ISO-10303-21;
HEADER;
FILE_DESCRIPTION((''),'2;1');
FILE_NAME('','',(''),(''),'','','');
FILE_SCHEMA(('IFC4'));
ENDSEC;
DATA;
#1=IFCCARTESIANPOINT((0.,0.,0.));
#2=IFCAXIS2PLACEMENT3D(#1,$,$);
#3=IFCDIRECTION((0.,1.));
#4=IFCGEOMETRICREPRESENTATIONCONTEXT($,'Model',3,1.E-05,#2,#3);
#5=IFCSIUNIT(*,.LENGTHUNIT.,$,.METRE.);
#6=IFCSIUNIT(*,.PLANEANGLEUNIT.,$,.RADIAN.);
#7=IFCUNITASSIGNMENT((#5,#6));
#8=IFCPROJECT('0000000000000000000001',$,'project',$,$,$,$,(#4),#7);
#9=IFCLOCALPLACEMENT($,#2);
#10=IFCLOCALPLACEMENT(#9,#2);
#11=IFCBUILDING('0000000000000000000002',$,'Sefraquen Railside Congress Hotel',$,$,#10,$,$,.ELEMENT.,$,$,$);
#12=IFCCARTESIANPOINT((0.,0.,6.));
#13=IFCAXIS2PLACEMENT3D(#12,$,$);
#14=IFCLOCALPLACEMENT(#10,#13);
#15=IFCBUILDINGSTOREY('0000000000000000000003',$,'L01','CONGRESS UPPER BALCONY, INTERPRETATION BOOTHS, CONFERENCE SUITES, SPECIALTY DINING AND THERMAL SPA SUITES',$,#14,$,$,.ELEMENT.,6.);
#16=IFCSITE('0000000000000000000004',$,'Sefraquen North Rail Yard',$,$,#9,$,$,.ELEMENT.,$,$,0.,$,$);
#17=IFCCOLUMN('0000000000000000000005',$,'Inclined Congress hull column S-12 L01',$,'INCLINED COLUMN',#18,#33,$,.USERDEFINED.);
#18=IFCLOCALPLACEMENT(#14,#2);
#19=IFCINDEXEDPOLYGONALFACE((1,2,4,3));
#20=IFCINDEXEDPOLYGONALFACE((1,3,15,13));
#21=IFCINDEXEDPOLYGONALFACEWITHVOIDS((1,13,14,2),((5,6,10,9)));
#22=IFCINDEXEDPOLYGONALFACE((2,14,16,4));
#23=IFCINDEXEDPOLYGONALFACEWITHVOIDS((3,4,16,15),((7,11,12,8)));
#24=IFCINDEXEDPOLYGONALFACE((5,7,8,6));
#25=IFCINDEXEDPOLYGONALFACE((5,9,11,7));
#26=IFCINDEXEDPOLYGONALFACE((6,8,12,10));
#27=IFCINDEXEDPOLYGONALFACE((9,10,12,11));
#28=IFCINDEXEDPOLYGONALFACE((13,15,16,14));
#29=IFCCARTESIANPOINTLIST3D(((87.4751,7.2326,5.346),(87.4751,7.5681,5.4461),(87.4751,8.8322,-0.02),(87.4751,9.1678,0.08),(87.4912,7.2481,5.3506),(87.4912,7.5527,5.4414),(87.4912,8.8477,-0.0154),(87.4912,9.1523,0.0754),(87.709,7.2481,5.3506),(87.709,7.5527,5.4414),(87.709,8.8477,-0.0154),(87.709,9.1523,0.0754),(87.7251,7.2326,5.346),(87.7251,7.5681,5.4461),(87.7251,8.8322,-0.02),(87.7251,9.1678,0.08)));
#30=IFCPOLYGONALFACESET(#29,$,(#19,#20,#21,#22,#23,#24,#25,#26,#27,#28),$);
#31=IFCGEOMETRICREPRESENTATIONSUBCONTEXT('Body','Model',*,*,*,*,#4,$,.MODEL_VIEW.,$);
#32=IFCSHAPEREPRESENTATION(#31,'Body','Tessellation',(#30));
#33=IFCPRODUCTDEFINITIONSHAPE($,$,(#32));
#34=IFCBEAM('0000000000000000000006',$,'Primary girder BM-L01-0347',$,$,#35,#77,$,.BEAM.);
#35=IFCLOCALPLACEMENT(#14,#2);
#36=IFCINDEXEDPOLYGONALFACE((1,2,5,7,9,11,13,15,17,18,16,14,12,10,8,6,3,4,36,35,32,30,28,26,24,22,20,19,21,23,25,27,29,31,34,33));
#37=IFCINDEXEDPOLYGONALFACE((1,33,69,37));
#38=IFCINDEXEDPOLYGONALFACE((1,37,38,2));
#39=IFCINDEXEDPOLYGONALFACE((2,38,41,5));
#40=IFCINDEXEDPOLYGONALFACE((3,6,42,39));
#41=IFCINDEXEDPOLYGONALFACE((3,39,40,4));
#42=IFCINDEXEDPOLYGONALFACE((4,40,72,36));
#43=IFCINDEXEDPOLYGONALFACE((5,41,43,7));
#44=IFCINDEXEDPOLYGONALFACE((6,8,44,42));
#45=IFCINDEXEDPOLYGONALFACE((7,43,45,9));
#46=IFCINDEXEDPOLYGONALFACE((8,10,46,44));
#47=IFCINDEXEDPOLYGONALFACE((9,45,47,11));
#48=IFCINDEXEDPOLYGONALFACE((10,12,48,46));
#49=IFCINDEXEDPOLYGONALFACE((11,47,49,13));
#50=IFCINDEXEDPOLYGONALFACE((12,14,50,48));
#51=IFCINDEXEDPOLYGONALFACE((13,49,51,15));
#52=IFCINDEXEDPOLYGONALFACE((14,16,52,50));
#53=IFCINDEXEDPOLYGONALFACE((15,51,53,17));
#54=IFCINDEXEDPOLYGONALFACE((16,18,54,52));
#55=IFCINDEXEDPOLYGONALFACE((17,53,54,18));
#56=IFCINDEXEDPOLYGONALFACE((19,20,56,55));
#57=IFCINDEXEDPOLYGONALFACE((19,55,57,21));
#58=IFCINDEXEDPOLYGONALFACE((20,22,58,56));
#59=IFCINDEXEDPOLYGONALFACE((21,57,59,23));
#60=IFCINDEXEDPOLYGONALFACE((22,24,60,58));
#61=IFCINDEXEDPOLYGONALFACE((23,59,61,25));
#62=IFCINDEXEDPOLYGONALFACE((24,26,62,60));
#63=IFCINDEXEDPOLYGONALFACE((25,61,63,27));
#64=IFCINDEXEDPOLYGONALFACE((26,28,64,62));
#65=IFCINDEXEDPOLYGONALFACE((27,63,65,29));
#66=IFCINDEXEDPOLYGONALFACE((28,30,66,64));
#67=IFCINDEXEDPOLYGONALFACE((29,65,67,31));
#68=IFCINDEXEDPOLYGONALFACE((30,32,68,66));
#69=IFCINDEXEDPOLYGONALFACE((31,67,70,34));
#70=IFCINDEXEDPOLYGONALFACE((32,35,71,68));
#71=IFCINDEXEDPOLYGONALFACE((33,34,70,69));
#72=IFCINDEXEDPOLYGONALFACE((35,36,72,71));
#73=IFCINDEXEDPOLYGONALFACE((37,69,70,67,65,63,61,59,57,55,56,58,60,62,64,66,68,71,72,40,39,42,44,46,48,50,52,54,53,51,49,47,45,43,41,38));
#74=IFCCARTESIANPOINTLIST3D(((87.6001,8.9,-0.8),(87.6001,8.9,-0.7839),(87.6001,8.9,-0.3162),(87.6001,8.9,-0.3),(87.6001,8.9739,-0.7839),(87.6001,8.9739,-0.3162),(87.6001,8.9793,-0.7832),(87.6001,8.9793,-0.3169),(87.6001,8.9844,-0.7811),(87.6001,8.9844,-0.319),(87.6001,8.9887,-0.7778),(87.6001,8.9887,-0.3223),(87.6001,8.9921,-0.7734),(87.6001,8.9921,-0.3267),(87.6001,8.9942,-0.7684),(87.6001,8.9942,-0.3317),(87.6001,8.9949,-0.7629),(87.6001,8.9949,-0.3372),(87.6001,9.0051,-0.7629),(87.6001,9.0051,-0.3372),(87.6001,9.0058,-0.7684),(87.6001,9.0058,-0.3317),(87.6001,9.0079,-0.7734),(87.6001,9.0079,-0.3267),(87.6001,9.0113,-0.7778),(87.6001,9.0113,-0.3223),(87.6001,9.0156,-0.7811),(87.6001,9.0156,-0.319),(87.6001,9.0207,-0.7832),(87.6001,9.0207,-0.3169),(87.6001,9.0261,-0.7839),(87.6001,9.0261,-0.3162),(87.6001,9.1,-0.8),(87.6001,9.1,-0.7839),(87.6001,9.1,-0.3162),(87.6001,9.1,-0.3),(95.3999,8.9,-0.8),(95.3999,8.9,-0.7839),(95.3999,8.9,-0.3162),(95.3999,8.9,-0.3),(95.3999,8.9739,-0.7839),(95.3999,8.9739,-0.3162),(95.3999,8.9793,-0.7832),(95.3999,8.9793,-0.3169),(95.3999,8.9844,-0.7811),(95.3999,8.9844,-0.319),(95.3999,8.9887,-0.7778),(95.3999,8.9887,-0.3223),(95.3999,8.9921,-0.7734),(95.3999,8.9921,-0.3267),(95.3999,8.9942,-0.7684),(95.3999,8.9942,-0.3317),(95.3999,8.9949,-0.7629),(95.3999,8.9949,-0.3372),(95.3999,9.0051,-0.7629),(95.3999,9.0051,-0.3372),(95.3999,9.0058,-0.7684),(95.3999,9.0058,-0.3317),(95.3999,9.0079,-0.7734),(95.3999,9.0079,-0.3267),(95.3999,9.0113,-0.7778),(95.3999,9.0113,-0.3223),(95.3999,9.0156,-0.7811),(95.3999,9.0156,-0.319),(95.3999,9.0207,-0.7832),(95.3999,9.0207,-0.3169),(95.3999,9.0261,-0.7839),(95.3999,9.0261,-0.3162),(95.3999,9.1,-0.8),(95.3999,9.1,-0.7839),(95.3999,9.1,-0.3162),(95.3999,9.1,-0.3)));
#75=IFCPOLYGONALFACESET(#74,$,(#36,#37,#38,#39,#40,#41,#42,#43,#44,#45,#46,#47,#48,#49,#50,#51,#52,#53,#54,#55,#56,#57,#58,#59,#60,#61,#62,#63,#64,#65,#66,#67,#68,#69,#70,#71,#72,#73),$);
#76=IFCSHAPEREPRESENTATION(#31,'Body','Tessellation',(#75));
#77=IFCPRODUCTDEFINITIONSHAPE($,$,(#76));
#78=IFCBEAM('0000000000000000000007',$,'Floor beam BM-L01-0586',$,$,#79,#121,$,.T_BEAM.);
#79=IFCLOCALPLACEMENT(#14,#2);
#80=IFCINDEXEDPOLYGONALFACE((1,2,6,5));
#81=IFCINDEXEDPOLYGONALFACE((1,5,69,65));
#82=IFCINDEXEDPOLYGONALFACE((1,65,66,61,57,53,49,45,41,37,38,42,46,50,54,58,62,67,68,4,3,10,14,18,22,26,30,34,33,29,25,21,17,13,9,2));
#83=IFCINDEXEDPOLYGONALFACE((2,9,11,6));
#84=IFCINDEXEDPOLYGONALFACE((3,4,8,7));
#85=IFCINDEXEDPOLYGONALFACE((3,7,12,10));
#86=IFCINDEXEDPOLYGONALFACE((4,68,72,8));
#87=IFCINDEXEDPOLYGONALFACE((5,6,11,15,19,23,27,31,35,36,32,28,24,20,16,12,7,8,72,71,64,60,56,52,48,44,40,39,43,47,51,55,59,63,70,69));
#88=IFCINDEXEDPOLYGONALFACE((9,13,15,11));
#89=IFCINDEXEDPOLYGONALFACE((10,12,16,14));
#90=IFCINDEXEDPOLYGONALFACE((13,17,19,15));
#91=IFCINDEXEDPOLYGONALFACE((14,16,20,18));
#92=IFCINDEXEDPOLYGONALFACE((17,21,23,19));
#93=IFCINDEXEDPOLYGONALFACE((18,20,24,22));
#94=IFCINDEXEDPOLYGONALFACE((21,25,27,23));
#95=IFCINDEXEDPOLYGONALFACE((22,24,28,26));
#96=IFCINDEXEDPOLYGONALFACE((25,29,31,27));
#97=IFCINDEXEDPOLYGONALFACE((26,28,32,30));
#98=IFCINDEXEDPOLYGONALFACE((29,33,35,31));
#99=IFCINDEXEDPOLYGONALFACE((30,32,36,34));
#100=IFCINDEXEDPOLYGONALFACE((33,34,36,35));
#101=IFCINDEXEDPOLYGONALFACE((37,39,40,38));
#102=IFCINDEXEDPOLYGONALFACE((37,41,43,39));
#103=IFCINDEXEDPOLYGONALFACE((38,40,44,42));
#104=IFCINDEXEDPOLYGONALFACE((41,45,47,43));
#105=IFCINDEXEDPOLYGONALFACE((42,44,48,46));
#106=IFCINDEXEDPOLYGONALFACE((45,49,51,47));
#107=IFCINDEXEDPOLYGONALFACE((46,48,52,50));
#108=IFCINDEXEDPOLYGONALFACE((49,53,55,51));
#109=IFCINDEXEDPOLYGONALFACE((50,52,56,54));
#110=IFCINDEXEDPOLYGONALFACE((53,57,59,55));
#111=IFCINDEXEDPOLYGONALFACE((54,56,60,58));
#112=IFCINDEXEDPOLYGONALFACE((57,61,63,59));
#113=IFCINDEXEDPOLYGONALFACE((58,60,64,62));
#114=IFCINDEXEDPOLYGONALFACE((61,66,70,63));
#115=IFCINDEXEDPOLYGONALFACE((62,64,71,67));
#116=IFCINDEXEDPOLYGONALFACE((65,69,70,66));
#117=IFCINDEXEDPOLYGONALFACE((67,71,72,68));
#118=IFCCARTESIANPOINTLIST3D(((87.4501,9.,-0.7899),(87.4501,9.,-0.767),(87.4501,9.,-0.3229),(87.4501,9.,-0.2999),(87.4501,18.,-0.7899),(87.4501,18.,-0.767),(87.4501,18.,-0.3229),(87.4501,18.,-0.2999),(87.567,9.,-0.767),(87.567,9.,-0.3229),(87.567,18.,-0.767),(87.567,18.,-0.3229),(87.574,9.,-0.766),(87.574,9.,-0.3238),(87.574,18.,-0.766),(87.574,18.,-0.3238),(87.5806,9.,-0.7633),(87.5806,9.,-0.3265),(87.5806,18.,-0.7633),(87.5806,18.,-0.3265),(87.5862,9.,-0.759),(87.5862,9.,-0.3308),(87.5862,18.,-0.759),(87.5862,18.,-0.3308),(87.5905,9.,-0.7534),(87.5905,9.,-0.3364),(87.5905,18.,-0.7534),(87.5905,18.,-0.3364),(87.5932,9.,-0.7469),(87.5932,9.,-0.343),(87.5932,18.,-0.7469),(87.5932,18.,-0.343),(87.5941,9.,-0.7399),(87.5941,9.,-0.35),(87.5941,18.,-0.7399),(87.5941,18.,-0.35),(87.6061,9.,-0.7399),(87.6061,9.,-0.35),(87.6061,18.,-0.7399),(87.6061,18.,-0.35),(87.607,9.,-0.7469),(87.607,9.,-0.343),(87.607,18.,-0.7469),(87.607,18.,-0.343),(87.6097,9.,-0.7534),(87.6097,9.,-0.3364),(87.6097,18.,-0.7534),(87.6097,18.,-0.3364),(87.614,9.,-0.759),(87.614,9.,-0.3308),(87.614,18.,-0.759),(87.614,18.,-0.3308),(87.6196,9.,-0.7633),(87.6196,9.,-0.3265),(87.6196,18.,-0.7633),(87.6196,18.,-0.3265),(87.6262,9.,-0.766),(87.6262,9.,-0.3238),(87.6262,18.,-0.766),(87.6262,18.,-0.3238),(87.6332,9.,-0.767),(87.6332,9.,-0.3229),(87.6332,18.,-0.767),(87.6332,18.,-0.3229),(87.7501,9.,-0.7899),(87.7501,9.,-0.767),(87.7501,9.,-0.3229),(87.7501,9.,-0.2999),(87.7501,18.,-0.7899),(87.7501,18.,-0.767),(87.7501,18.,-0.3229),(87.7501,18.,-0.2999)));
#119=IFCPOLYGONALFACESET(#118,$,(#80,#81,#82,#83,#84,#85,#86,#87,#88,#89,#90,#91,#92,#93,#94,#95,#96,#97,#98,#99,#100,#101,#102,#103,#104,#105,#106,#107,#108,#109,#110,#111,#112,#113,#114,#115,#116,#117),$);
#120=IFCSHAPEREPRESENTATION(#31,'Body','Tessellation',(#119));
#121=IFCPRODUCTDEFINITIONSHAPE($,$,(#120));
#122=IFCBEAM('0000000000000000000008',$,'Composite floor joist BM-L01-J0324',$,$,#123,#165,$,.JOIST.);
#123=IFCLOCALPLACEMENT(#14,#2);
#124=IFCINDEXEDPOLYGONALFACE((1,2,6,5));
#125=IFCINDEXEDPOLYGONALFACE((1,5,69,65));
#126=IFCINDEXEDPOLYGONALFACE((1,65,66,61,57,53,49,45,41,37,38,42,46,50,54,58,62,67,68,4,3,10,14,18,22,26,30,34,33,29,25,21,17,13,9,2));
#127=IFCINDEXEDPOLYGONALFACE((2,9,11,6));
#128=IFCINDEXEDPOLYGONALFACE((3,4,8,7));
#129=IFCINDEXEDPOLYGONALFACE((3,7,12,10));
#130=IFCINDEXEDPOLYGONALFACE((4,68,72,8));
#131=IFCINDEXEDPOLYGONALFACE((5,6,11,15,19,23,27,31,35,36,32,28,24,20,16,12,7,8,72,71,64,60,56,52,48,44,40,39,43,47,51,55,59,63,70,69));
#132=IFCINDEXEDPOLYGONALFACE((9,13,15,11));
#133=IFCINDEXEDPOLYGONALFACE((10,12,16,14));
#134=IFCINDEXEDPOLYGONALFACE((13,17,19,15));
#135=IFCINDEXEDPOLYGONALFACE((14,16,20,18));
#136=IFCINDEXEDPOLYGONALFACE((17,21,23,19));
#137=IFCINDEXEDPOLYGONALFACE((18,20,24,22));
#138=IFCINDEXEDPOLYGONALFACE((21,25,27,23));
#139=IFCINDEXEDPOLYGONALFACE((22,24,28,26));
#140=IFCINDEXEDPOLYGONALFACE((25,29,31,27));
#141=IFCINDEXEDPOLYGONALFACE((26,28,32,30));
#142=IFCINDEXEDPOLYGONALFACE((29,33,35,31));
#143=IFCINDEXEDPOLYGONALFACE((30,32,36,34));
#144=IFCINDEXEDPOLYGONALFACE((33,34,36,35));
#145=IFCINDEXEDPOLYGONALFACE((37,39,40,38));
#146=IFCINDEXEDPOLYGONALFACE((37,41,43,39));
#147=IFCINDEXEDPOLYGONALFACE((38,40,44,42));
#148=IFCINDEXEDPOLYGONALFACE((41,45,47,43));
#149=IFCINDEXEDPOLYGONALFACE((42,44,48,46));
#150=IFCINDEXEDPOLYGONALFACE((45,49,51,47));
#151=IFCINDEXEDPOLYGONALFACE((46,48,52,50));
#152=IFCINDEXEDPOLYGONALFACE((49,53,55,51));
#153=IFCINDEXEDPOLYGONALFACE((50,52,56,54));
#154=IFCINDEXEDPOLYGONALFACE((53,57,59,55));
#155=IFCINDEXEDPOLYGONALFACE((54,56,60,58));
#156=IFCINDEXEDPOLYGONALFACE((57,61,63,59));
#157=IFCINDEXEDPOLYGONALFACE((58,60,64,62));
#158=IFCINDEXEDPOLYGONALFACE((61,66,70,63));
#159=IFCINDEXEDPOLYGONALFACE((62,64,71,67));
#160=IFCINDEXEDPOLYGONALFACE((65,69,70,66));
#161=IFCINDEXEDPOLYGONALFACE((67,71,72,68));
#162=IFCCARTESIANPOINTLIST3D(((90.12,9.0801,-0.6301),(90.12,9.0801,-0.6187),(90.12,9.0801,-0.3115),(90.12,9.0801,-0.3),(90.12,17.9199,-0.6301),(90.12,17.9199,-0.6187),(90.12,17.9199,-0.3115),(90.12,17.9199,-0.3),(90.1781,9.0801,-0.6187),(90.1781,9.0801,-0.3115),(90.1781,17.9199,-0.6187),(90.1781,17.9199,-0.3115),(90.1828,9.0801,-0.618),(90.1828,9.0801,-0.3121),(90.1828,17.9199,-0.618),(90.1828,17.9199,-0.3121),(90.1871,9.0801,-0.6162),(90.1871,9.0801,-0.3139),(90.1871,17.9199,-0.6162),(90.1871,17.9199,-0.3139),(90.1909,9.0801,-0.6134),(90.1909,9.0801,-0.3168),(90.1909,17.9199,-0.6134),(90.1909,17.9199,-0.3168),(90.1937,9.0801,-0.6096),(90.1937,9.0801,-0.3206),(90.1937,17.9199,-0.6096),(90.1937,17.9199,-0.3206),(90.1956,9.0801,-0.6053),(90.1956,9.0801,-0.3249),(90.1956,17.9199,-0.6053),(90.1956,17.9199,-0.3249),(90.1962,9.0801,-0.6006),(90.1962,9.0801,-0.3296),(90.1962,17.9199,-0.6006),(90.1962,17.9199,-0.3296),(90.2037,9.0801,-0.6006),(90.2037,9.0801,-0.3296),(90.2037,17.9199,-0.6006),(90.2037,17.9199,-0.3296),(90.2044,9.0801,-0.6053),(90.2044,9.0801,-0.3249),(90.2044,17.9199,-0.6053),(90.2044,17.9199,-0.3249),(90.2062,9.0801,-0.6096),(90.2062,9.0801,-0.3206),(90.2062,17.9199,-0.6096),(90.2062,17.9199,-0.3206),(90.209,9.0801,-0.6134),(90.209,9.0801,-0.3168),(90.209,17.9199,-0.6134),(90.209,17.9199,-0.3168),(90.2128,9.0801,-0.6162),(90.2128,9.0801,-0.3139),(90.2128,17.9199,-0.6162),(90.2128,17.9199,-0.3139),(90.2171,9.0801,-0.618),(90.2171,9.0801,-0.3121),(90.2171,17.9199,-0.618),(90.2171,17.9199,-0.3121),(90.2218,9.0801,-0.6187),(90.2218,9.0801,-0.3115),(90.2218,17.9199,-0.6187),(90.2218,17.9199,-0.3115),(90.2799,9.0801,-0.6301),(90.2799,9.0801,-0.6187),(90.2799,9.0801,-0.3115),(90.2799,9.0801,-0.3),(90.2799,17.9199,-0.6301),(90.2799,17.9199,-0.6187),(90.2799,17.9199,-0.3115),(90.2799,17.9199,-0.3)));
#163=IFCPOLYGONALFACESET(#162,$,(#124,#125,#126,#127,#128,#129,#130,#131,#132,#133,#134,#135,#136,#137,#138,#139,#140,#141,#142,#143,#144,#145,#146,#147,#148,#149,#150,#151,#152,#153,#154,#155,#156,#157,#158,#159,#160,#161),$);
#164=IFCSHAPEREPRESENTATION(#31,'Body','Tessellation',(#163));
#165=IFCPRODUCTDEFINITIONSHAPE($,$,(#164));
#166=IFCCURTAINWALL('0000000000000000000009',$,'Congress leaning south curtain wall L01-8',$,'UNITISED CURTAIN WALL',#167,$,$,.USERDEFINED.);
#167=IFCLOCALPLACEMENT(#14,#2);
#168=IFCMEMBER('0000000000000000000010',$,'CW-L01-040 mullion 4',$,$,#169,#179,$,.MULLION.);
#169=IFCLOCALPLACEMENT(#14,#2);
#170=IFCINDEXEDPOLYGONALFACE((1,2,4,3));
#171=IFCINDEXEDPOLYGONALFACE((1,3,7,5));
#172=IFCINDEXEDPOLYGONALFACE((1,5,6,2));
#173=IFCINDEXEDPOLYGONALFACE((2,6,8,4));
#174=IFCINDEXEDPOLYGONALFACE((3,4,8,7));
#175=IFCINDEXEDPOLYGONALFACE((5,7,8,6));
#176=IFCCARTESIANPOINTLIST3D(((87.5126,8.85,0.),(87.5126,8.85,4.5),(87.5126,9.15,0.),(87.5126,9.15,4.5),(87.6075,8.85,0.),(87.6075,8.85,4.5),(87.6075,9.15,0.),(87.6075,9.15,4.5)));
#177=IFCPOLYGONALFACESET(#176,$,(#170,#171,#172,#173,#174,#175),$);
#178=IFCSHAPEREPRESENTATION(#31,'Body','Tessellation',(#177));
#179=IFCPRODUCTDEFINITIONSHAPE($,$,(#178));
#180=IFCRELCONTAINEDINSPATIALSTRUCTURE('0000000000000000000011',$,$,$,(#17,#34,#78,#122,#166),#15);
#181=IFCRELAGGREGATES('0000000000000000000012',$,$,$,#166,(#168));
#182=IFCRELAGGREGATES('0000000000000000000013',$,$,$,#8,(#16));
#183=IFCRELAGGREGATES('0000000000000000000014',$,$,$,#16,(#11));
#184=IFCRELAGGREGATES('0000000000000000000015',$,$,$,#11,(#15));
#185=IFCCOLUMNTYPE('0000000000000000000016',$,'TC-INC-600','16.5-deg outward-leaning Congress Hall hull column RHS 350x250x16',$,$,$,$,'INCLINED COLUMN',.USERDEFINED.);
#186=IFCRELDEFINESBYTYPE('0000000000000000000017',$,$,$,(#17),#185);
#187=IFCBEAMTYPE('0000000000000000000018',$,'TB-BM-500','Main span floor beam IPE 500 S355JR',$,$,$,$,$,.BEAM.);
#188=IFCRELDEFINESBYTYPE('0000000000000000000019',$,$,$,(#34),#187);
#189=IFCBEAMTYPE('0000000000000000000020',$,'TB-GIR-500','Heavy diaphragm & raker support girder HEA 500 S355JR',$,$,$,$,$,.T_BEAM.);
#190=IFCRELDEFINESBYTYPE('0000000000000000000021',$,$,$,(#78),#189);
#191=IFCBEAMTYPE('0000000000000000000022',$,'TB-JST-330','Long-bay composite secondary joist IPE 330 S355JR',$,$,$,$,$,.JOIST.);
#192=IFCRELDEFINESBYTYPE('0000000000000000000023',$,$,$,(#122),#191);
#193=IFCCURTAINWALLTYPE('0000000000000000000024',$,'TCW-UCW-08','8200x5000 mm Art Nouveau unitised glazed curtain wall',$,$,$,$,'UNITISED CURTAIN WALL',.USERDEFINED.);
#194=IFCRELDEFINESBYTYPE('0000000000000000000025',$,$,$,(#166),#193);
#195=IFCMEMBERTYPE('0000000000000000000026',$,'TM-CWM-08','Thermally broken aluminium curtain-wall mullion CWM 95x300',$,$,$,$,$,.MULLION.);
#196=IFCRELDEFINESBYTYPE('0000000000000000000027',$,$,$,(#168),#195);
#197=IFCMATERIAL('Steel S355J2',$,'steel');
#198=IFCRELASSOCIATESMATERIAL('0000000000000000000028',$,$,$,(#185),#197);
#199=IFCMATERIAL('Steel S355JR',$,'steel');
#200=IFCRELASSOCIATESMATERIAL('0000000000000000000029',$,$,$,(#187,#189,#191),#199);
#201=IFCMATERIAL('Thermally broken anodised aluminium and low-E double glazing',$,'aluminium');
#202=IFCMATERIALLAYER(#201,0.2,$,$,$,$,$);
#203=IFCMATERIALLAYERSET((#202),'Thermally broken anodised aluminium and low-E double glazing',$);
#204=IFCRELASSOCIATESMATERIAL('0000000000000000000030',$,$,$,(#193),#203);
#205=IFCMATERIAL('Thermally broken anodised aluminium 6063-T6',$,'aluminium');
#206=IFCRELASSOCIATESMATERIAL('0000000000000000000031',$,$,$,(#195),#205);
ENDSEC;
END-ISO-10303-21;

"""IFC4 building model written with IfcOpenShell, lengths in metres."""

from ifc_helpers import new_model, si_unit, direction, frame, origin, origin_2d, place, context, subcontext, project, spatial, rectangle, hollow_rectangle, i_section, extrude, material, layer, layer_set, material_profile, profile_set, type_object, element, aggregate, save


model = new_model("IFC4")

# Units and contexts
model_context = context("Model", 3, precision=1e-05, world=origin(), true_north=direction((0.0, 1.0)))
body_context = subcontext(model_context, "Body", "Model", "MODEL_VIEW")
ifc_project = project(units=[si_unit("LENGTHUNIT", "METRE"), si_unit("PLANEANGLEUNIT", "RADIAN")], contexts=[model_context])

# Site, building, storey
site_placement = place(None, origin())
site = spatial("IfcSite", under=ifc_project, at=site_placement, Name="Sefraquen North Rail Yard", CompositionType="ELEMENT", RefElevation=0.0)
building_placement = place(site_placement, origin())
building = spatial("IfcBuilding", under=site, at=building_placement, Name="Sefraquen Railside Congress Hotel", CompositionType="ELEMENT")
storey_placement = place(building_placement, frame((0.0, 0.0, 6.0)))
storey = spatial("IfcBuildingStorey", under=building, at=storey_placement, Name="L01", Description="CONGRESS UPPER BALCONY, INTERPRETATION BOOTHS, CONFERENCE SUITES, SPECIALTY DINING AND THERMAL SPA SUITES", CompositionType="ELEMENT", Elevation=6.0)

# Column
ifc_material_1 = material(Name="Steel S355J2", Category="steel")
ifc_material_profile_1 = material_profile(ifc_material_1, hollow_rectangle(XDim=0.25, YDim=0.3501, WallThickness=0.0161, at=origin_2d()), Name="RHS 350x250x16")
ifc_profile_set_1 = profile_set([ifc_material_profile_1], Name="Steel S355J2")
column_type = type_object("IfcColumnType", Name="TC-INC-600", Description="16.5-deg outward-leaning Congress Hall hull column RHS 350x250x16", ElementType="INCLINED COLUMN", PredefinedType="USERDEFINED", material=ifc_profile_set_1)
column_placement = place(storey_placement, frame((87.6001, 9.0, 0.03), z_axis=(0.0, -0.285679, 0.958325), x_axis=(1.0, 0.0, 0.0)))
element("IfcColumn", 1, at=column_placement, inside=storey, type_object=column_type, Name="Inclined Congress hull column S-12 L01", ObjectType="INCLINED COLUMN", PredefinedType="USERDEFINED", context=body_context, shape_type="SweptSolid", body=[
    extrude(hollow_rectangle(XDim=0.25, YDim=0.3501, WallThickness=0.0161, at=origin_2d()), origin(), (0.0, 0.0, 1.0), 5.5994),
])

# Beams
ifc_material_2 = material(Name="Steel S355JR", Category="steel")
ifc_material_profile_2 = material_profile(ifc_material_2, i_section(OverallWidth=0.2, OverallDepth=0.5, WebThickness=0.0103, FlangeThickness=0.0161, FilletRadius=0.021, at=origin_2d()), Name="IPE 500")
ifc_profile_set_2 = profile_set([ifc_material_profile_2], Name="Steel S355JR")
beam_type_1 = type_object("IfcBeamType", Name="TB-BM-500", Description="Main span floor beam IPE 500 S355JR", PredefinedType="BEAM", material=ifc_profile_set_2)
beam_1_placement = place(storey_placement, frame((87.6001, 9.0, -0.55), z_axis=(1.0, 0.0, 0.0), x_axis=(0.0, 1.0, 0.0)))
element("IfcBeam", 2, at=beam_1_placement, inside=storey, type_object=beam_type_1, Name="Primary girder BM-L01-0347", PredefinedType="BEAM", context=body_context, shape_type="SweptSolid", body=[
    extrude(i_section(OverallWidth=0.2, OverallDepth=0.5, WebThickness=0.0103, FlangeThickness=0.0161, FilletRadius=0.021, at=origin_2d()), origin(), (0.0, 0.0, 1.0), 7.7998),
])
ifc_material_profile_3 = material_profile(ifc_material_2, i_section(OverallWidth=0.3, OverallDepth=0.49, WebThickness=0.012, FlangeThickness=0.0229, FilletRadius=0.0271, at=origin_2d()), Name="HEA 500")
ifc_profile_set_3 = profile_set([ifc_material_profile_3], Name="Steel S355JR")
beam_type_2 = type_object("IfcBeamType", Name="TB-GIR-500", Description="Heavy diaphragm & raker support girder HEA 500 S355JR", PredefinedType="T_BEAM", material=ifc_profile_set_3)
beam_2_placement = place(storey_placement, frame((87.6001, 9.0, -0.5449), z_axis=(0.0, 1.0, 0.0), x_axis=(-1.0, 0.0, 0.0)))
element("IfcBeam", 3, at=beam_2_placement, inside=storey, type_object=beam_type_2, Name="Floor beam BM-L01-0586", PredefinedType="T_BEAM", context=body_context, shape_type="SweptSolid", body=[
    extrude(i_section(OverallWidth=0.3, OverallDepth=0.49, WebThickness=0.012, FlangeThickness=0.0229, FilletRadius=0.0271, at=origin_2d()), origin(), (0.0, 0.0, 1.0), 9.0),
])
ifc_material_profile_4 = material_profile(ifc_material_2, i_section(OverallWidth=0.1599, OverallDepth=0.3301, WebThickness=0.0076, FlangeThickness=0.0115, FilletRadius=0.0181, at=origin_2d()), Name="IPE 330")
ifc_profile_set_4 = profile_set([ifc_material_profile_4], Name="Steel S355JR")
beam_type_3 = type_object("IfcBeamType", Name="TB-JST-330", Description="Long-bay composite secondary joist IPE 330 S355JR", PredefinedType="JOIST", material=ifc_profile_set_4)
beam_3_placement = place(storey_placement, frame((90.2, 9.0801, -0.4651), z_axis=(0.0, 1.0, 0.0), x_axis=(-1.0, 0.0, 0.0)))
element("IfcBeam", 4, at=beam_3_placement, inside=storey, type_object=beam_type_3, Name="Composite floor joist BM-L01-J0324", PredefinedType="JOIST", context=body_context, shape_type="SweptSolid", body=[
    extrude(i_section(OverallWidth=0.1599, OverallDepth=0.3301, WebThickness=0.0076, FlangeThickness=0.0115, FilletRadius=0.0181, at=origin_2d()), origin(), (0.0, 0.0, 1.0), 8.8398),
])

# Curtain wall, member
ifc_material_3 = material(Name="Thermally broken anodised aluminium and low-E double glazing", Category="aluminium")
ifc_layer_1 = layer(ifc_material_3, 0.2)
ifc_layer_set_1 = layer_set([ifc_layer_1], Name="Thermally broken anodised aluminium and low-E double glazing")
curtain_wall_type = type_object("IfcCurtainWallType", Name="TCW-UCW-08", Description="8200x5000 mm Art Nouveau unitised glazed curtain wall", ElementType="UNITISED CURTAIN WALL", PredefinedType="USERDEFINED", material=ifc_layer_set_1)
curtain_wall_placement = place(storey_placement, origin())
curtain_wall = element("IfcCurtainWall", 5, at=curtain_wall_placement, inside=storey, type_object=curtain_wall_type, Name="Congress leaning south curtain wall L01-8", ObjectType="UNITISED CURTAIN WALL", PredefinedType="USERDEFINED")
ifc_material_4 = material(Name="Thermally broken anodised aluminium 6063-T6", Category="aluminium")
ifc_material_profile_5 = material_profile(ifc_material_4, rectangle(XDim=0.095, YDim=0.3, at=origin_2d()), Name="CWM 95x300")
ifc_profile_set_5 = profile_set([ifc_material_profile_5], Name="Thermally broken anodised aluminium 6063-T6")
member_type = type_object("IfcMemberType", Name="TM-CWM-08", Description="Thermally broken aluminium curtain-wall mullion CWM 95x300", PredefinedType="MULLION", material=ifc_profile_set_5)
member_placement = place(storey_placement, frame((87.5601, 9.0, 0.0), z_axis=(0.0, 0.0, 1.0), x_axis=(1.0, 0.0, 0.0)))
member = element("IfcMember", 6, at=member_placement, type_object=member_type, Name="CW-L01-040 mullion 4", PredefinedType="MULLION", context=body_context, shape_type="SweptSolid", body=[
    extrude(rectangle(XDim=0.095, YDim=0.3, at=origin_2d()), origin(), (0.0, 0.0, 1.0), 4.5),
])

aggregate(curtain_wall, [member])

save(model, "model.ifc")
